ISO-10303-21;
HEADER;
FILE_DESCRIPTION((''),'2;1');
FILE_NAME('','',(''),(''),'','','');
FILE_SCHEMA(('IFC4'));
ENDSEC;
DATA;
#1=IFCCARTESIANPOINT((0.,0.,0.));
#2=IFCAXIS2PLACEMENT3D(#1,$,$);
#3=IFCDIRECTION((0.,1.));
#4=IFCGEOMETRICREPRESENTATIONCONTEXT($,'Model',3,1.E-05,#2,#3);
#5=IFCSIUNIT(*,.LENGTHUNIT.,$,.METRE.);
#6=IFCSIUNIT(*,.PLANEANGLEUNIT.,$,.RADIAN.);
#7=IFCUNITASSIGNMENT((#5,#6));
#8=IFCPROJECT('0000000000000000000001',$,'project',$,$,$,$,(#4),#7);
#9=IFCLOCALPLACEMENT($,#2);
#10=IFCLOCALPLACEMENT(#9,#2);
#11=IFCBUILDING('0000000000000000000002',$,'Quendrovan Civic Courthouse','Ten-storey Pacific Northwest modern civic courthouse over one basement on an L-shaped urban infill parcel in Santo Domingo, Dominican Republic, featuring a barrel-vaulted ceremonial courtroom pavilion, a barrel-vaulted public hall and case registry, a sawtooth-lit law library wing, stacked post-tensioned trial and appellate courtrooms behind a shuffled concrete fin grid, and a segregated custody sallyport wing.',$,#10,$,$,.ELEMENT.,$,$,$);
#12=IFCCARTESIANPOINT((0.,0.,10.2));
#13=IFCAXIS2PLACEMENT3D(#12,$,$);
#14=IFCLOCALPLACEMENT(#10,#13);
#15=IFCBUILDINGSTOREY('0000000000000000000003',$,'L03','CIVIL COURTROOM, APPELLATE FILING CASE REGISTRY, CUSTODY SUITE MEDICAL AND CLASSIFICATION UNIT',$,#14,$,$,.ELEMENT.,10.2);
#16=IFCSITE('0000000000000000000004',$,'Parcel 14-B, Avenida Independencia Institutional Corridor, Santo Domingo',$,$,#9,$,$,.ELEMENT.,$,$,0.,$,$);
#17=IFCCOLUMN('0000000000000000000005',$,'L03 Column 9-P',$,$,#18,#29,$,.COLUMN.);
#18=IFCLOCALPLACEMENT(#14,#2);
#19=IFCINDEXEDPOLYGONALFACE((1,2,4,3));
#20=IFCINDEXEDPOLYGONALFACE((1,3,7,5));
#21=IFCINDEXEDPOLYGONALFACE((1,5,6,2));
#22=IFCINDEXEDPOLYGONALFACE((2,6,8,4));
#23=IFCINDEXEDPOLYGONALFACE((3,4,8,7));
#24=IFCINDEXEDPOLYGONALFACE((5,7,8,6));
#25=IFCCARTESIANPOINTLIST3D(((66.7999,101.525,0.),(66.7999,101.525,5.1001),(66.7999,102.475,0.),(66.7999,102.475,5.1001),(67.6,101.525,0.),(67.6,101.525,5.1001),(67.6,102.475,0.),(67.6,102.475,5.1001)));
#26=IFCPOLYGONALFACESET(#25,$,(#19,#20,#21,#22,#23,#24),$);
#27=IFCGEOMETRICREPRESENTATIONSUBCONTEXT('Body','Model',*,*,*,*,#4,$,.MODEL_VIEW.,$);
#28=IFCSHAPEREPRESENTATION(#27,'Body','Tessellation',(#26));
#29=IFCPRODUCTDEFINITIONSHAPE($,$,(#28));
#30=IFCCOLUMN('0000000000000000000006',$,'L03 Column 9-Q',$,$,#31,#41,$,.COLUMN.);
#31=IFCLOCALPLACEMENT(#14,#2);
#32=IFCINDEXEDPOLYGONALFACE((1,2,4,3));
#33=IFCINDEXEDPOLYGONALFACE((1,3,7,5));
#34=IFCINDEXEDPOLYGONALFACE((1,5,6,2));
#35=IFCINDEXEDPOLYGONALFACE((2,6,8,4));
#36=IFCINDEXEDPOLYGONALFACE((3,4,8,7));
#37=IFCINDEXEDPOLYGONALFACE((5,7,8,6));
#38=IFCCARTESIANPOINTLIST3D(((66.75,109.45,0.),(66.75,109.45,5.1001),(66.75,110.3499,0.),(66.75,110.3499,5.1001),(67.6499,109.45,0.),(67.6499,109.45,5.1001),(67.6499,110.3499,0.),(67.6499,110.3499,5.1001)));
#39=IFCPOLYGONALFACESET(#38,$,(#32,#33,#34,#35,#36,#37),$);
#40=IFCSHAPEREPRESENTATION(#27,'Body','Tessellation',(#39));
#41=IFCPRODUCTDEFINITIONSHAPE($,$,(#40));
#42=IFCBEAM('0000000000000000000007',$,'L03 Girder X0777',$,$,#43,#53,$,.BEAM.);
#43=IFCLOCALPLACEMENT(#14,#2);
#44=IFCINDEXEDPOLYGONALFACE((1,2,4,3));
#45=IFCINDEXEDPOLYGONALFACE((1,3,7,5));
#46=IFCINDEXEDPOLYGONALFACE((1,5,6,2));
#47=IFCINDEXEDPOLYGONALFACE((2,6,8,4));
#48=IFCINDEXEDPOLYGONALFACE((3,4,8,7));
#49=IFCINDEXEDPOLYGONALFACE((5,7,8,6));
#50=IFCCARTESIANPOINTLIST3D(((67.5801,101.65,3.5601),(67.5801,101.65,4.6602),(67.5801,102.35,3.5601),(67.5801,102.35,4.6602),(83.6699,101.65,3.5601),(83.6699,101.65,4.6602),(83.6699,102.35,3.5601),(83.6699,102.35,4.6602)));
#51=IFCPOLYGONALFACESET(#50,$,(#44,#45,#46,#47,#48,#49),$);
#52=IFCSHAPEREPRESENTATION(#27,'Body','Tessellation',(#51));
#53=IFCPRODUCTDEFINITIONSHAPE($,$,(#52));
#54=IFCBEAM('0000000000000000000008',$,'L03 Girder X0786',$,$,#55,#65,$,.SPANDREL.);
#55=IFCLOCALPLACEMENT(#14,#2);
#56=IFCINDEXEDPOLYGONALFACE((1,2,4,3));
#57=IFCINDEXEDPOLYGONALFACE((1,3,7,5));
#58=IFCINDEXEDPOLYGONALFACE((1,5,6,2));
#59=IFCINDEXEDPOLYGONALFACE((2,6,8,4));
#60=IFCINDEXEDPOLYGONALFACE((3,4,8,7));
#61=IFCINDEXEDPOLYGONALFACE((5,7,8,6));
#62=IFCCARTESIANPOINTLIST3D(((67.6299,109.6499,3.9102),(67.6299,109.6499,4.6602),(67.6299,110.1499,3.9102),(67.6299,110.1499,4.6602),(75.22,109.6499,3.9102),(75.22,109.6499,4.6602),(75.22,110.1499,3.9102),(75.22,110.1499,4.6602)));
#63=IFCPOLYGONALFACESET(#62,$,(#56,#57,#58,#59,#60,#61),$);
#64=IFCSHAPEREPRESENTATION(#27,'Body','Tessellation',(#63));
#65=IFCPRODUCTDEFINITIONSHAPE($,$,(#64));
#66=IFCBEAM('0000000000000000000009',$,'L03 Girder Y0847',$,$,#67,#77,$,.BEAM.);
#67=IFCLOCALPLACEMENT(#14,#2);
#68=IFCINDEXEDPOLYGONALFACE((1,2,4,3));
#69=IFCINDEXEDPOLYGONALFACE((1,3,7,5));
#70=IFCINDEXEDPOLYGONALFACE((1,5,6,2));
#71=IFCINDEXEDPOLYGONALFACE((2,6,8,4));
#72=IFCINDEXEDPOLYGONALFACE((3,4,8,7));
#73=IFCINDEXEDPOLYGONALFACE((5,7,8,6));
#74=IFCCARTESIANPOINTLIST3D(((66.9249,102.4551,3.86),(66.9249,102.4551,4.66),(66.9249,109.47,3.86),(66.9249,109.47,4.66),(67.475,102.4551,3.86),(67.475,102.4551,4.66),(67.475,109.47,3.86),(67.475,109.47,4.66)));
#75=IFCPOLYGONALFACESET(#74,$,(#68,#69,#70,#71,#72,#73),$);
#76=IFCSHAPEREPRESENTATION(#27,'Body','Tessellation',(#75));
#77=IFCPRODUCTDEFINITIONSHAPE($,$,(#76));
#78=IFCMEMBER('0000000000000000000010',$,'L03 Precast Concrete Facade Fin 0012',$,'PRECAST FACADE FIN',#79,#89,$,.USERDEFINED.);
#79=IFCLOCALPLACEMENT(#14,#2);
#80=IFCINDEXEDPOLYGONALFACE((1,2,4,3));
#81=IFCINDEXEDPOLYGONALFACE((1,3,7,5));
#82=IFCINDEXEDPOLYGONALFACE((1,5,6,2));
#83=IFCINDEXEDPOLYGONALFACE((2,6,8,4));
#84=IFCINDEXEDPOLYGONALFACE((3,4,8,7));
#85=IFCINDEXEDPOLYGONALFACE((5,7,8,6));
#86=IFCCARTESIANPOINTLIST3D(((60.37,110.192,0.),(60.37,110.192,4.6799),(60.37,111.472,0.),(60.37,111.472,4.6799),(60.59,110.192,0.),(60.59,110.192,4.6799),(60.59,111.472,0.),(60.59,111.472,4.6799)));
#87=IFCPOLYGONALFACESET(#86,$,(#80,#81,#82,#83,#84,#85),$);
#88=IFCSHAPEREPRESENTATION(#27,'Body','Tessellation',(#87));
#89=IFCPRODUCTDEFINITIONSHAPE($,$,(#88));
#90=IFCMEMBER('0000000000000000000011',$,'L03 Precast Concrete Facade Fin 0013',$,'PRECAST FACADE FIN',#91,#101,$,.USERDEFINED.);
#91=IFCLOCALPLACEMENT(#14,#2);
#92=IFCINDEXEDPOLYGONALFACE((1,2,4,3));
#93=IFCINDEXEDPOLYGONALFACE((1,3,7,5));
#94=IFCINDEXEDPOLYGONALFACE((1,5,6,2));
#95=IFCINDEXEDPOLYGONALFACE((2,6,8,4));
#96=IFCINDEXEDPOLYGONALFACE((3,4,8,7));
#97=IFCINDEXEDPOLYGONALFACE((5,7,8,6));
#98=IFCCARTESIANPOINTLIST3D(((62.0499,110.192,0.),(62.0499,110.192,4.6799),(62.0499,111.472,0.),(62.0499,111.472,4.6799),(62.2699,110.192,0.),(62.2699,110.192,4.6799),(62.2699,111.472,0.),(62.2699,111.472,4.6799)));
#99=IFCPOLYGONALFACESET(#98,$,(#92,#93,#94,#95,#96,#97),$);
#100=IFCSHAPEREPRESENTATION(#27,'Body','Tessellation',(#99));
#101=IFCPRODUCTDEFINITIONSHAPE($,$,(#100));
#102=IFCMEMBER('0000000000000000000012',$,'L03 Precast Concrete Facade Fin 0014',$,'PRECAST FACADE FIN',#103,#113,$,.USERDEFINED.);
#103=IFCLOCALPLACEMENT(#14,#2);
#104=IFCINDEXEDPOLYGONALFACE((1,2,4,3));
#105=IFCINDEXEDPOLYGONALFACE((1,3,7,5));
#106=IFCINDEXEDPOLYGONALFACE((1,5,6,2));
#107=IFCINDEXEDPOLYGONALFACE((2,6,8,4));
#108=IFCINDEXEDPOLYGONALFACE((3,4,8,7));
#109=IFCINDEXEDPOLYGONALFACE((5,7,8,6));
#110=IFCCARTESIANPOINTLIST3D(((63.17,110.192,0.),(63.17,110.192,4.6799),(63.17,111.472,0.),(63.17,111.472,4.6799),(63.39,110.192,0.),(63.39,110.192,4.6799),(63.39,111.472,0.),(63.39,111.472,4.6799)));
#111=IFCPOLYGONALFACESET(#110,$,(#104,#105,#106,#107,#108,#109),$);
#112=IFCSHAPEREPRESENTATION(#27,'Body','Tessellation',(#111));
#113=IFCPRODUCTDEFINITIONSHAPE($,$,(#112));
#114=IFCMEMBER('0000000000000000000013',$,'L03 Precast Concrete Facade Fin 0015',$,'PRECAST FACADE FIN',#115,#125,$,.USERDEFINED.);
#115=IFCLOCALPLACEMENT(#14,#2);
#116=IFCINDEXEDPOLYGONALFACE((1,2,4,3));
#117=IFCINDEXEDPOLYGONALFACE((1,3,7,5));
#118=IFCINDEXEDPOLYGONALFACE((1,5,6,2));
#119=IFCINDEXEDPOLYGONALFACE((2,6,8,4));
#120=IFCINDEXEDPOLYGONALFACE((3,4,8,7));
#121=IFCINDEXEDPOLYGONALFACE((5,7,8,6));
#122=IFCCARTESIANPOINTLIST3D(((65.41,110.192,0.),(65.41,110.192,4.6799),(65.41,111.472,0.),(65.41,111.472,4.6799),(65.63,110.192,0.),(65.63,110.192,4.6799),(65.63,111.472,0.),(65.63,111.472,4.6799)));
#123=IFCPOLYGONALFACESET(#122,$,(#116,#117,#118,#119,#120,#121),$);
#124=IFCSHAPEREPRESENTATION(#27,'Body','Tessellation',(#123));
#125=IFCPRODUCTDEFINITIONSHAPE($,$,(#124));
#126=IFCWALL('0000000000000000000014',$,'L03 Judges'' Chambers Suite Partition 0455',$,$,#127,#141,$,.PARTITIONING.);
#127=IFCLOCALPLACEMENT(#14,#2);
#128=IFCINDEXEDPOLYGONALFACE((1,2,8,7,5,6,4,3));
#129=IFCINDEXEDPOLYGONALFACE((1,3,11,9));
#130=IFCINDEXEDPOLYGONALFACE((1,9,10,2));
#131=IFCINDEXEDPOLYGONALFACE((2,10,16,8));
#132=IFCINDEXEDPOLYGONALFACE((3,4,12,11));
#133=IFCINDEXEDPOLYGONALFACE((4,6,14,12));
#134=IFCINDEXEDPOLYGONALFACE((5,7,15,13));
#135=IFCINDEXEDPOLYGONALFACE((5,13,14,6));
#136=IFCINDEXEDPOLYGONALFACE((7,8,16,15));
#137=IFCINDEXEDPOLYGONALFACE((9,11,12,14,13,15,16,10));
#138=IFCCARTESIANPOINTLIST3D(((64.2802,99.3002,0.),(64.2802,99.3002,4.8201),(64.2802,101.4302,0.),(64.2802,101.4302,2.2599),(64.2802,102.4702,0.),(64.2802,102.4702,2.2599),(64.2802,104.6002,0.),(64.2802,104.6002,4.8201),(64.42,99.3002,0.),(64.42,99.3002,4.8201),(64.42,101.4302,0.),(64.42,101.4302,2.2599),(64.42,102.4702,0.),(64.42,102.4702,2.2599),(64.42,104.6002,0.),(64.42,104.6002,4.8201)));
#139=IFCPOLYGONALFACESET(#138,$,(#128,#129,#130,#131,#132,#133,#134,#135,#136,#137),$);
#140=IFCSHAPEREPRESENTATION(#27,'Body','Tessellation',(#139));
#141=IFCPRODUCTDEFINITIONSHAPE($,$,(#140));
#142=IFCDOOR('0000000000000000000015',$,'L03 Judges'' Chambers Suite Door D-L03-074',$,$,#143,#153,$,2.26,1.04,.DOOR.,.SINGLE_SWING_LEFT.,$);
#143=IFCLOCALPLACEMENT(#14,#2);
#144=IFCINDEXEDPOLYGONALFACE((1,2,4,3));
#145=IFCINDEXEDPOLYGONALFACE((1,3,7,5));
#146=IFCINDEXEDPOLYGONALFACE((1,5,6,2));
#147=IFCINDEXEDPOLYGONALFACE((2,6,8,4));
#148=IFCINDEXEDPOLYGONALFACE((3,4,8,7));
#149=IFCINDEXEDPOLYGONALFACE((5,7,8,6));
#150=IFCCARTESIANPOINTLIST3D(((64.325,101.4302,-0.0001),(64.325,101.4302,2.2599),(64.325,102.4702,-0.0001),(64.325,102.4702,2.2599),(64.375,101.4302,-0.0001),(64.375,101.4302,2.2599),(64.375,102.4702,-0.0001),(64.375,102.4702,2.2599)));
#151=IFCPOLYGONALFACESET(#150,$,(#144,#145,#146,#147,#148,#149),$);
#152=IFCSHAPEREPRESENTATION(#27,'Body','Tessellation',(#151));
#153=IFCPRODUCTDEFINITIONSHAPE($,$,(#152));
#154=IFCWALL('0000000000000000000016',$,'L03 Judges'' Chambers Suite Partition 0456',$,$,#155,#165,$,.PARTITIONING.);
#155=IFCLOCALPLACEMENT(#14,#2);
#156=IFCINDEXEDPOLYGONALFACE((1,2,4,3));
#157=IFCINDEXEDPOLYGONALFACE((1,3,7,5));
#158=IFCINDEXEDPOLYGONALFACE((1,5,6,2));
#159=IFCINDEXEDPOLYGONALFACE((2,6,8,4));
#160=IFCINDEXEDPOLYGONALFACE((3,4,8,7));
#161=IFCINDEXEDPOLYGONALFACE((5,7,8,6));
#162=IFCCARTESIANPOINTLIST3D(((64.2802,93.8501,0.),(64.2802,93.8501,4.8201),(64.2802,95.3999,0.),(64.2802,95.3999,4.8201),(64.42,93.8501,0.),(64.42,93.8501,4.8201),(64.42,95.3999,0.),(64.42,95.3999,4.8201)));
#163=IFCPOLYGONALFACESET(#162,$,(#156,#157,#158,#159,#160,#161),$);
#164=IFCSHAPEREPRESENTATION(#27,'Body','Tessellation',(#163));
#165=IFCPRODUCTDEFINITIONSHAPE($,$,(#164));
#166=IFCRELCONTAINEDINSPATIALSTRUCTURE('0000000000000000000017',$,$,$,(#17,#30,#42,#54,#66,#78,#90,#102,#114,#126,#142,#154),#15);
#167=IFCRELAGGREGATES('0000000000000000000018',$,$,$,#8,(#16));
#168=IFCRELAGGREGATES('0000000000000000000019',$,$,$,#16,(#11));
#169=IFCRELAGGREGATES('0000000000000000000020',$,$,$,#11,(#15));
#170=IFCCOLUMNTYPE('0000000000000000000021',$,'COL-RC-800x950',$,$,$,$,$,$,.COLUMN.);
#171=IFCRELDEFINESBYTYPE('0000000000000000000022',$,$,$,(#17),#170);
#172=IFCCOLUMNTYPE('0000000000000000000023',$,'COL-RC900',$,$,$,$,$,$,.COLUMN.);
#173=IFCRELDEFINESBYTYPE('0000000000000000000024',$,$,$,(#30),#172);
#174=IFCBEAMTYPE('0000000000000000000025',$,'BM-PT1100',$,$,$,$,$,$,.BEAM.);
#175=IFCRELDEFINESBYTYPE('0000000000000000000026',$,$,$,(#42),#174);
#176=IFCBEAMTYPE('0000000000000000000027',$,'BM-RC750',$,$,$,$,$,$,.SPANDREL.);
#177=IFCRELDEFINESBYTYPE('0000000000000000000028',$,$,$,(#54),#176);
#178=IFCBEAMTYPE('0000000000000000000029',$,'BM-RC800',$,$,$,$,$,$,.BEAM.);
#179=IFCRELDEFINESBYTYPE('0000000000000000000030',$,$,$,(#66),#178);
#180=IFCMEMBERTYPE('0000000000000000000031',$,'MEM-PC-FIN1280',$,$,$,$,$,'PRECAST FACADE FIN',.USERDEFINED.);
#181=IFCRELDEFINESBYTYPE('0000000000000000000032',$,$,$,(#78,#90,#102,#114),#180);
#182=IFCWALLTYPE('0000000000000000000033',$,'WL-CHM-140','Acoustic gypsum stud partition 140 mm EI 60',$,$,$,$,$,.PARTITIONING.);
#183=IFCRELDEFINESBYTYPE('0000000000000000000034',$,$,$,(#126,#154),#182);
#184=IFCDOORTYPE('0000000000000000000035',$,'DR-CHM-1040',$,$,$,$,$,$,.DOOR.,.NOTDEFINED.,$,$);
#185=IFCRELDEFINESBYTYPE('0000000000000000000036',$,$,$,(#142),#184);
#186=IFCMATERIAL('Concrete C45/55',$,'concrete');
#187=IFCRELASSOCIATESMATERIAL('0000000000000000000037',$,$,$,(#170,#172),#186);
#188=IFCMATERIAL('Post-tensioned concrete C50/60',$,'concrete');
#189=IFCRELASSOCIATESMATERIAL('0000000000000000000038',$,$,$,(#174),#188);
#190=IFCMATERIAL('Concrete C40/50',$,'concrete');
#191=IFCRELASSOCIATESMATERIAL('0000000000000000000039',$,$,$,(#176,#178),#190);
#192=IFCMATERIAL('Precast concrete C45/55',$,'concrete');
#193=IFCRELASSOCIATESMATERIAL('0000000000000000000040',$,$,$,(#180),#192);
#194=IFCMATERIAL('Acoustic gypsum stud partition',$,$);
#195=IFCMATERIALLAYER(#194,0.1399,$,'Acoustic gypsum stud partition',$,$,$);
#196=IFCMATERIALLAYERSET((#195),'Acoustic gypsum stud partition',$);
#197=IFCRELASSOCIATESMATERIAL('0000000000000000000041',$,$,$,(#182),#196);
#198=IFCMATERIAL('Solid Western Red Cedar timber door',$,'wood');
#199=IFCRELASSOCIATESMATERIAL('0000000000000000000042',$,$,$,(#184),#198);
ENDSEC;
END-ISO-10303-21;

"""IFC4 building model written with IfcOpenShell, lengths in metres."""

from ifc_helpers import new_model, si_unit, direction, frame, frame_2d, origin, origin_2d, place, context, subcontext, project, spatial, rectangle, extrude, material, layer, layer_set, material_profile, profile_set, type_object, element, fill, save


model = new_model("IFC4")

# Units and contexts
model_context = context("Model", 3, precision=1e-05, world=origin(), true_north=direction((0.0, 1.0)))
body_context = subcontext(model_context, "Body", "Model", "MODEL_VIEW")
ifc_project = project(units=[si_unit("LENGTHUNIT", "METRE"), si_unit("PLANEANGLEUNIT", "RADIAN")], contexts=[model_context])

# Site, building, storey
site_placement = place(None, origin())
site = spatial("IfcSite", under=ifc_project, at=site_placement, Name="Parcel 14-B, Avenida Independencia Institutional Corridor, Santo Domingo", CompositionType="ELEMENT", RefElevation=0.0)
building_placement = place(site_placement, origin())
building = spatial("IfcBuilding", under=site, at=building_placement, Name="Quendrovan Civic Courthouse", Description="Ten-storey Pacific Northwest modern civic courthouse over one basement on an L-shaped urban infill parcel in Santo Domingo, Dominican Republic, featuring a barrel-vaulted ceremonial courtroom pavilion, a barrel-vaulted public hall and case registry, a sawtooth-lit law library wing, stacked post-tensioned trial and appellate courtrooms behind a shuffled concrete fin grid, and a segregated custody sallyport wing.", CompositionType="ELEMENT")
storey_placement = place(building_placement, frame((0.0, 0.0, 10.2)))
storey = spatial("IfcBuildingStorey", under=building, at=storey_placement, Name="L03", Description="CIVIL COURTROOM, APPELLATE FILING CASE REGISTRY, CUSTODY SUITE MEDICAL AND CLASSIFICATION UNIT", CompositionType="ELEMENT", Elevation=10.2)

# Columns
ifc_material_1 = material(Name="Concrete C45/55", Category="concrete")
ifc_material_profile_1 = material_profile(ifc_material_1, rectangle(XDim=0.8, YDim=0.95, at=origin_2d()), Name="RC-COL-800x950")
ifc_profile_set_1 = profile_set([ifc_material_profile_1], Name="Concrete C45/55")
column_type_1 = type_object("IfcColumnType", Name="COL-RC-800x950", PredefinedType="COLUMN", material=ifc_profile_set_1)
column_1_placement = place(storey_placement, frame((67.2, 102.0, 0.0), z_axis=(0.0, 0.0, 1.0), x_axis=(1.0, 0.0, 0.0)))
element("IfcColumn", 1, at=column_1_placement, inside=storey, type_object=column_type_1, Name="L03 Column 9-P", PredefinedType="COLUMN", context=body_context, shape_type="SweptSolid", body=[
    extrude(rectangle(XDim=0.8, YDim=0.95, at=origin_2d()), origin(), (0.0, 0.0, 1.0), 5.1001),
])
ifc_material_profile_2 = material_profile(ifc_material_1, rectangle(XDim=0.8999, YDim=0.8999, at=origin_2d()), Name="RC-COL-900x900")
ifc_profile_set_2 = profile_set([ifc_material_profile_2], Name="Concrete C45/55")
column_type_2 = type_object("IfcColumnType", Name="COL-RC900", PredefinedType="COLUMN", material=ifc_profile_set_2)
column_2_placement = place(storey_placement, frame((67.2, 109.8999, 0.0), z_axis=(0.0, 0.0, 1.0), x_axis=(1.0, 0.0, 0.0)))
element("IfcColumn", 2, at=column_2_placement, inside=storey, type_object=column_type_2, Name="L03 Column 9-Q", PredefinedType="COLUMN", context=body_context, shape_type="SweptSolid", body=[
    extrude(rectangle(XDim=0.8999, YDim=0.8999, at=origin_2d()), origin(), (0.0, 0.0, 1.0), 5.1001),
])

# Beams
ifc_material_2 = material(Name="Post-tensioned concrete C50/60", Category="concrete")
ifc_material_profile_3 = material_profile(ifc_material_2, rectangle(XDim=0.7, YDim=1.1001, at=origin_2d()), Name="PT-GIRD-700x1100")
ifc_profile_set_3 = profile_set([ifc_material_profile_3], Name="Post-tensioned concrete C50/60")
beam_type_1 = type_object("IfcBeamType", Name="BM-PT1100", PredefinedType="BEAM", material=ifc_profile_set_3)
beam_1_placement = place(storey_placement, frame((67.5801, 102.0, 4.1101), z_axis=(1.0, 0.0, 0.0), x_axis=(0.0, 1.0, 0.0)))
element("IfcBeam", 3, at=beam_1_placement, inside=storey, type_object=beam_type_1, Name="L03 Girder X0777", PredefinedType="BEAM", context=body_context, shape_type="SweptSolid", body=[
    extrude(rectangle(XDim=0.7, YDim=1.1001, at=origin_2d()), origin(), (0.0, 0.0, 1.0), 16.0898),
])
ifc_material_3 = material(Name="Concrete C40/50", Category="concrete")
ifc_material_profile_4 = material_profile(ifc_material_3, rectangle(XDim=0.5, YDim=0.75, at=origin_2d()), Name="RC-BM-500x750")
ifc_profile_set_4 = profile_set([ifc_material_profile_4], Name="Concrete C40/50")
beam_type_2 = type_object("IfcBeamType", Name="BM-RC750", PredefinedType="SPANDREL", material=ifc_profile_set_4)
beam_2_placement = place(storey_placement, frame((67.6299, 109.8999, 4.2852), z_axis=(1.0, 0.0, 0.0), x_axis=(0.0, 1.0, 0.0)))
element("IfcBeam", 4, at=beam_2_placement, inside=storey, type_object=beam_type_2, Name="L03 Girder X0786", PredefinedType="SPANDREL", context=body_context, shape_type="SweptSolid", body=[
    extrude(rectangle(XDim=0.5, YDim=0.75, at=origin_2d()), origin(), (0.0, 0.0, 1.0), 7.5901),
])
ifc_material_profile_5 = material_profile(ifc_material_3, rectangle(XDim=0.55, YDim=0.8, at=origin_2d()), Name="RC-BM-550x800")
ifc_profile_set_5 = profile_set([ifc_material_profile_5], Name="Concrete C40/50")
beam_type_3 = type_object("IfcBeamType", Name="BM-RC800", PredefinedType="BEAM", material=ifc_profile_set_5)
beam_3_placement = place(storey_placement, frame((67.2, 102.4551, 4.26), z_axis=(0.0, 1.0, 0.0), x_axis=(-1.0, 0.0, 0.0)))
element("IfcBeam", 5, at=beam_3_placement, inside=storey, type_object=beam_type_3, Name="L03 Girder Y0847", PredefinedType="BEAM", context=body_context, shape_type="SweptSolid", body=[
    extrude(rectangle(XDim=0.55, YDim=0.8, at=origin_2d()), origin(), (0.0, 0.0, 1.0), 7.0149),
])

# Members
ifc_material_4 = material(Name="Precast concrete C45/55", Category="concrete")
ifc_material_profile_6 = material_profile(ifc_material_4, rectangle(XDim=0.22, YDim=1.28, at=origin_2d()), Name="PC-FIN-220x1280")
ifc_profile_set_6 = profile_set([ifc_material_profile_6], Name="Precast concrete C45/55")
member_type = type_object("IfcMemberType", Name="MEM-PC-FIN1280", ElementType="PRECAST FACADE FIN", PredefinedType="USERDEFINED", material=ifc_profile_set_6)
for number, where, z_axis, x_axis, name in (
    (6, (60.48, 110.832, 0.0), (0.0, 0.0, 1.0), (1.0, 0.0, 0.0), "L03 Precast Concrete Facade Fin 0012"),
    (7, (62.1599, 110.832, 0.0), (0.0, 0.0, 1.0), (1.0, 0.0, 0.0), "L03 Precast Concrete Facade Fin 0013"),
    (8, (63.28, 110.832, 0.0), (0.0, 0.0, 1.0), (1.0, 0.0, 0.0), "L03 Precast Concrete Facade Fin 0014"),
    (9, (65.52, 110.832, 0.0), (0.0, 0.0, 1.0), (1.0, 0.0, 0.0), "L03 Precast Concrete Facade Fin 0015"),
):
    element("IfcMember", number, at=place(storey_placement, frame(where, z_axis=z_axis, x_axis=x_axis)), inside=storey, type_object=member_type, Name=name, ObjectType="PRECAST FACADE FIN", PredefinedType="USERDEFINED", context=body_context, shape_type="SweptSolid", body=[
        extrude(rectangle(XDim=0.22, YDim=1.28, at=origin_2d()), origin(), (0.0, 0.0, 1.0), 4.6799),
    ])

# Wall, opening, door
ifc_material_5 = material(Name="Acoustic gypsum stud partition")
ifc_layer_1 = layer(ifc_material_5, 0.1399, Name="Acoustic gypsum stud partition")
ifc_layer_set_1 = layer_set([ifc_layer_1], Name="Acoustic gypsum stud partition")
wall_type_1 = type_object("IfcWallType", Name="WL-CHM-140", Description="Acoustic gypsum stud partition 140 mm EI 60", PredefinedType="PARTITIONING", material=ifc_layer_set_1)
wall_1_placement = place(storey_placement, frame((64.3501, 104.6001, 0.0), z_axis=(0.0, 0.0, 1.0), x_axis=(0.0, -1.0, 0.0)))
wall_1 = element("IfcWall", 10, at=wall_1_placement, inside=storey, type_object=wall_type_1, Name="L03 Judges' Chambers Suite Partition 0455", PredefinedType="PARTITIONING", context=body_context, shape_type="SweptSolid", body=[
    extrude(rectangle(XDim=5.3, YDim=0.1399, at=frame_2d((2.6499, 0.0))), origin(), (0.0, 0.0, 1.0), 4.8201),
])
opening_1_placement = place(wall_1_placement, frame((2.1299, 0.0, 0.0)))
opening_1 = element("IfcOpeningElement", 11, at=opening_1_placement, cuts=wall_1, PredefinedType="OPENING", context=body_context, shape_type="SweptSolid", body=[
    extrude(rectangle(XDim=1.04, YDim=2.26, at=frame_2d((0.52, 1.1299))), frame((0.0, 0.0801, 0.0), z_axis=(0.0, -1.0, 0.0), x_axis=(1.0, 0.0, 0.0)), (0.0, 0.0, 1.0), 0.1599),
])
ifc_material_6 = material(Name="Solid Western Red Cedar timber door", Category="wood")
door_type_1 = type_object("IfcDoorType", Name="DR-CHM-1040", OperationType="NOTDEFINED", PredefinedType="DOOR", material=ifc_material_6)
door_1_placement = place(opening_1_placement, origin())
door_1 = element("IfcDoor", 12, at=door_1_placement, inside=storey, type_object=door_type_1, Name="L03 Judges' Chambers Suite Door D-L03-074", OperationType="SINGLE_SWING_LEFT", OverallHeight=2.26, OverallWidth=1.04, PredefinedType="DOOR", context=body_context, shape_type="SweptSolid", body=[
    extrude(rectangle(XDim=1.04, YDim=2.26, at=frame_2d((0.52, 1.1299))), frame((0.0, 0.0249, 0.0), z_axis=(0.0, -1.0, 0.0), x_axis=(1.0, 0.0, 0.0)), (0.0, 0.0, 1.0), 0.05),
])
fill(opening_1, door_1)

# Wall
wall_2_placement = place(storey_placement, frame((64.3501, 95.3999, 0.0), z_axis=(0.0, 0.0, 1.0), x_axis=(0.0, -1.0, 0.0)))
element("IfcWall", 13, at=wall_2_placement, inside=storey, type_object=wall_type_1, Name="L03 Judges' Chambers Suite Partition 0456", PredefinedType="PARTITIONING", context=body_context, shape_type="SweptSolid", body=[
    extrude(rectangle(XDim=1.5498, YDim=0.1399, at=frame_2d((0.7749, 0.0))), origin(), (0.0, 0.0, 1.0), 4.8201),
])

save(model, "model.ifc")
